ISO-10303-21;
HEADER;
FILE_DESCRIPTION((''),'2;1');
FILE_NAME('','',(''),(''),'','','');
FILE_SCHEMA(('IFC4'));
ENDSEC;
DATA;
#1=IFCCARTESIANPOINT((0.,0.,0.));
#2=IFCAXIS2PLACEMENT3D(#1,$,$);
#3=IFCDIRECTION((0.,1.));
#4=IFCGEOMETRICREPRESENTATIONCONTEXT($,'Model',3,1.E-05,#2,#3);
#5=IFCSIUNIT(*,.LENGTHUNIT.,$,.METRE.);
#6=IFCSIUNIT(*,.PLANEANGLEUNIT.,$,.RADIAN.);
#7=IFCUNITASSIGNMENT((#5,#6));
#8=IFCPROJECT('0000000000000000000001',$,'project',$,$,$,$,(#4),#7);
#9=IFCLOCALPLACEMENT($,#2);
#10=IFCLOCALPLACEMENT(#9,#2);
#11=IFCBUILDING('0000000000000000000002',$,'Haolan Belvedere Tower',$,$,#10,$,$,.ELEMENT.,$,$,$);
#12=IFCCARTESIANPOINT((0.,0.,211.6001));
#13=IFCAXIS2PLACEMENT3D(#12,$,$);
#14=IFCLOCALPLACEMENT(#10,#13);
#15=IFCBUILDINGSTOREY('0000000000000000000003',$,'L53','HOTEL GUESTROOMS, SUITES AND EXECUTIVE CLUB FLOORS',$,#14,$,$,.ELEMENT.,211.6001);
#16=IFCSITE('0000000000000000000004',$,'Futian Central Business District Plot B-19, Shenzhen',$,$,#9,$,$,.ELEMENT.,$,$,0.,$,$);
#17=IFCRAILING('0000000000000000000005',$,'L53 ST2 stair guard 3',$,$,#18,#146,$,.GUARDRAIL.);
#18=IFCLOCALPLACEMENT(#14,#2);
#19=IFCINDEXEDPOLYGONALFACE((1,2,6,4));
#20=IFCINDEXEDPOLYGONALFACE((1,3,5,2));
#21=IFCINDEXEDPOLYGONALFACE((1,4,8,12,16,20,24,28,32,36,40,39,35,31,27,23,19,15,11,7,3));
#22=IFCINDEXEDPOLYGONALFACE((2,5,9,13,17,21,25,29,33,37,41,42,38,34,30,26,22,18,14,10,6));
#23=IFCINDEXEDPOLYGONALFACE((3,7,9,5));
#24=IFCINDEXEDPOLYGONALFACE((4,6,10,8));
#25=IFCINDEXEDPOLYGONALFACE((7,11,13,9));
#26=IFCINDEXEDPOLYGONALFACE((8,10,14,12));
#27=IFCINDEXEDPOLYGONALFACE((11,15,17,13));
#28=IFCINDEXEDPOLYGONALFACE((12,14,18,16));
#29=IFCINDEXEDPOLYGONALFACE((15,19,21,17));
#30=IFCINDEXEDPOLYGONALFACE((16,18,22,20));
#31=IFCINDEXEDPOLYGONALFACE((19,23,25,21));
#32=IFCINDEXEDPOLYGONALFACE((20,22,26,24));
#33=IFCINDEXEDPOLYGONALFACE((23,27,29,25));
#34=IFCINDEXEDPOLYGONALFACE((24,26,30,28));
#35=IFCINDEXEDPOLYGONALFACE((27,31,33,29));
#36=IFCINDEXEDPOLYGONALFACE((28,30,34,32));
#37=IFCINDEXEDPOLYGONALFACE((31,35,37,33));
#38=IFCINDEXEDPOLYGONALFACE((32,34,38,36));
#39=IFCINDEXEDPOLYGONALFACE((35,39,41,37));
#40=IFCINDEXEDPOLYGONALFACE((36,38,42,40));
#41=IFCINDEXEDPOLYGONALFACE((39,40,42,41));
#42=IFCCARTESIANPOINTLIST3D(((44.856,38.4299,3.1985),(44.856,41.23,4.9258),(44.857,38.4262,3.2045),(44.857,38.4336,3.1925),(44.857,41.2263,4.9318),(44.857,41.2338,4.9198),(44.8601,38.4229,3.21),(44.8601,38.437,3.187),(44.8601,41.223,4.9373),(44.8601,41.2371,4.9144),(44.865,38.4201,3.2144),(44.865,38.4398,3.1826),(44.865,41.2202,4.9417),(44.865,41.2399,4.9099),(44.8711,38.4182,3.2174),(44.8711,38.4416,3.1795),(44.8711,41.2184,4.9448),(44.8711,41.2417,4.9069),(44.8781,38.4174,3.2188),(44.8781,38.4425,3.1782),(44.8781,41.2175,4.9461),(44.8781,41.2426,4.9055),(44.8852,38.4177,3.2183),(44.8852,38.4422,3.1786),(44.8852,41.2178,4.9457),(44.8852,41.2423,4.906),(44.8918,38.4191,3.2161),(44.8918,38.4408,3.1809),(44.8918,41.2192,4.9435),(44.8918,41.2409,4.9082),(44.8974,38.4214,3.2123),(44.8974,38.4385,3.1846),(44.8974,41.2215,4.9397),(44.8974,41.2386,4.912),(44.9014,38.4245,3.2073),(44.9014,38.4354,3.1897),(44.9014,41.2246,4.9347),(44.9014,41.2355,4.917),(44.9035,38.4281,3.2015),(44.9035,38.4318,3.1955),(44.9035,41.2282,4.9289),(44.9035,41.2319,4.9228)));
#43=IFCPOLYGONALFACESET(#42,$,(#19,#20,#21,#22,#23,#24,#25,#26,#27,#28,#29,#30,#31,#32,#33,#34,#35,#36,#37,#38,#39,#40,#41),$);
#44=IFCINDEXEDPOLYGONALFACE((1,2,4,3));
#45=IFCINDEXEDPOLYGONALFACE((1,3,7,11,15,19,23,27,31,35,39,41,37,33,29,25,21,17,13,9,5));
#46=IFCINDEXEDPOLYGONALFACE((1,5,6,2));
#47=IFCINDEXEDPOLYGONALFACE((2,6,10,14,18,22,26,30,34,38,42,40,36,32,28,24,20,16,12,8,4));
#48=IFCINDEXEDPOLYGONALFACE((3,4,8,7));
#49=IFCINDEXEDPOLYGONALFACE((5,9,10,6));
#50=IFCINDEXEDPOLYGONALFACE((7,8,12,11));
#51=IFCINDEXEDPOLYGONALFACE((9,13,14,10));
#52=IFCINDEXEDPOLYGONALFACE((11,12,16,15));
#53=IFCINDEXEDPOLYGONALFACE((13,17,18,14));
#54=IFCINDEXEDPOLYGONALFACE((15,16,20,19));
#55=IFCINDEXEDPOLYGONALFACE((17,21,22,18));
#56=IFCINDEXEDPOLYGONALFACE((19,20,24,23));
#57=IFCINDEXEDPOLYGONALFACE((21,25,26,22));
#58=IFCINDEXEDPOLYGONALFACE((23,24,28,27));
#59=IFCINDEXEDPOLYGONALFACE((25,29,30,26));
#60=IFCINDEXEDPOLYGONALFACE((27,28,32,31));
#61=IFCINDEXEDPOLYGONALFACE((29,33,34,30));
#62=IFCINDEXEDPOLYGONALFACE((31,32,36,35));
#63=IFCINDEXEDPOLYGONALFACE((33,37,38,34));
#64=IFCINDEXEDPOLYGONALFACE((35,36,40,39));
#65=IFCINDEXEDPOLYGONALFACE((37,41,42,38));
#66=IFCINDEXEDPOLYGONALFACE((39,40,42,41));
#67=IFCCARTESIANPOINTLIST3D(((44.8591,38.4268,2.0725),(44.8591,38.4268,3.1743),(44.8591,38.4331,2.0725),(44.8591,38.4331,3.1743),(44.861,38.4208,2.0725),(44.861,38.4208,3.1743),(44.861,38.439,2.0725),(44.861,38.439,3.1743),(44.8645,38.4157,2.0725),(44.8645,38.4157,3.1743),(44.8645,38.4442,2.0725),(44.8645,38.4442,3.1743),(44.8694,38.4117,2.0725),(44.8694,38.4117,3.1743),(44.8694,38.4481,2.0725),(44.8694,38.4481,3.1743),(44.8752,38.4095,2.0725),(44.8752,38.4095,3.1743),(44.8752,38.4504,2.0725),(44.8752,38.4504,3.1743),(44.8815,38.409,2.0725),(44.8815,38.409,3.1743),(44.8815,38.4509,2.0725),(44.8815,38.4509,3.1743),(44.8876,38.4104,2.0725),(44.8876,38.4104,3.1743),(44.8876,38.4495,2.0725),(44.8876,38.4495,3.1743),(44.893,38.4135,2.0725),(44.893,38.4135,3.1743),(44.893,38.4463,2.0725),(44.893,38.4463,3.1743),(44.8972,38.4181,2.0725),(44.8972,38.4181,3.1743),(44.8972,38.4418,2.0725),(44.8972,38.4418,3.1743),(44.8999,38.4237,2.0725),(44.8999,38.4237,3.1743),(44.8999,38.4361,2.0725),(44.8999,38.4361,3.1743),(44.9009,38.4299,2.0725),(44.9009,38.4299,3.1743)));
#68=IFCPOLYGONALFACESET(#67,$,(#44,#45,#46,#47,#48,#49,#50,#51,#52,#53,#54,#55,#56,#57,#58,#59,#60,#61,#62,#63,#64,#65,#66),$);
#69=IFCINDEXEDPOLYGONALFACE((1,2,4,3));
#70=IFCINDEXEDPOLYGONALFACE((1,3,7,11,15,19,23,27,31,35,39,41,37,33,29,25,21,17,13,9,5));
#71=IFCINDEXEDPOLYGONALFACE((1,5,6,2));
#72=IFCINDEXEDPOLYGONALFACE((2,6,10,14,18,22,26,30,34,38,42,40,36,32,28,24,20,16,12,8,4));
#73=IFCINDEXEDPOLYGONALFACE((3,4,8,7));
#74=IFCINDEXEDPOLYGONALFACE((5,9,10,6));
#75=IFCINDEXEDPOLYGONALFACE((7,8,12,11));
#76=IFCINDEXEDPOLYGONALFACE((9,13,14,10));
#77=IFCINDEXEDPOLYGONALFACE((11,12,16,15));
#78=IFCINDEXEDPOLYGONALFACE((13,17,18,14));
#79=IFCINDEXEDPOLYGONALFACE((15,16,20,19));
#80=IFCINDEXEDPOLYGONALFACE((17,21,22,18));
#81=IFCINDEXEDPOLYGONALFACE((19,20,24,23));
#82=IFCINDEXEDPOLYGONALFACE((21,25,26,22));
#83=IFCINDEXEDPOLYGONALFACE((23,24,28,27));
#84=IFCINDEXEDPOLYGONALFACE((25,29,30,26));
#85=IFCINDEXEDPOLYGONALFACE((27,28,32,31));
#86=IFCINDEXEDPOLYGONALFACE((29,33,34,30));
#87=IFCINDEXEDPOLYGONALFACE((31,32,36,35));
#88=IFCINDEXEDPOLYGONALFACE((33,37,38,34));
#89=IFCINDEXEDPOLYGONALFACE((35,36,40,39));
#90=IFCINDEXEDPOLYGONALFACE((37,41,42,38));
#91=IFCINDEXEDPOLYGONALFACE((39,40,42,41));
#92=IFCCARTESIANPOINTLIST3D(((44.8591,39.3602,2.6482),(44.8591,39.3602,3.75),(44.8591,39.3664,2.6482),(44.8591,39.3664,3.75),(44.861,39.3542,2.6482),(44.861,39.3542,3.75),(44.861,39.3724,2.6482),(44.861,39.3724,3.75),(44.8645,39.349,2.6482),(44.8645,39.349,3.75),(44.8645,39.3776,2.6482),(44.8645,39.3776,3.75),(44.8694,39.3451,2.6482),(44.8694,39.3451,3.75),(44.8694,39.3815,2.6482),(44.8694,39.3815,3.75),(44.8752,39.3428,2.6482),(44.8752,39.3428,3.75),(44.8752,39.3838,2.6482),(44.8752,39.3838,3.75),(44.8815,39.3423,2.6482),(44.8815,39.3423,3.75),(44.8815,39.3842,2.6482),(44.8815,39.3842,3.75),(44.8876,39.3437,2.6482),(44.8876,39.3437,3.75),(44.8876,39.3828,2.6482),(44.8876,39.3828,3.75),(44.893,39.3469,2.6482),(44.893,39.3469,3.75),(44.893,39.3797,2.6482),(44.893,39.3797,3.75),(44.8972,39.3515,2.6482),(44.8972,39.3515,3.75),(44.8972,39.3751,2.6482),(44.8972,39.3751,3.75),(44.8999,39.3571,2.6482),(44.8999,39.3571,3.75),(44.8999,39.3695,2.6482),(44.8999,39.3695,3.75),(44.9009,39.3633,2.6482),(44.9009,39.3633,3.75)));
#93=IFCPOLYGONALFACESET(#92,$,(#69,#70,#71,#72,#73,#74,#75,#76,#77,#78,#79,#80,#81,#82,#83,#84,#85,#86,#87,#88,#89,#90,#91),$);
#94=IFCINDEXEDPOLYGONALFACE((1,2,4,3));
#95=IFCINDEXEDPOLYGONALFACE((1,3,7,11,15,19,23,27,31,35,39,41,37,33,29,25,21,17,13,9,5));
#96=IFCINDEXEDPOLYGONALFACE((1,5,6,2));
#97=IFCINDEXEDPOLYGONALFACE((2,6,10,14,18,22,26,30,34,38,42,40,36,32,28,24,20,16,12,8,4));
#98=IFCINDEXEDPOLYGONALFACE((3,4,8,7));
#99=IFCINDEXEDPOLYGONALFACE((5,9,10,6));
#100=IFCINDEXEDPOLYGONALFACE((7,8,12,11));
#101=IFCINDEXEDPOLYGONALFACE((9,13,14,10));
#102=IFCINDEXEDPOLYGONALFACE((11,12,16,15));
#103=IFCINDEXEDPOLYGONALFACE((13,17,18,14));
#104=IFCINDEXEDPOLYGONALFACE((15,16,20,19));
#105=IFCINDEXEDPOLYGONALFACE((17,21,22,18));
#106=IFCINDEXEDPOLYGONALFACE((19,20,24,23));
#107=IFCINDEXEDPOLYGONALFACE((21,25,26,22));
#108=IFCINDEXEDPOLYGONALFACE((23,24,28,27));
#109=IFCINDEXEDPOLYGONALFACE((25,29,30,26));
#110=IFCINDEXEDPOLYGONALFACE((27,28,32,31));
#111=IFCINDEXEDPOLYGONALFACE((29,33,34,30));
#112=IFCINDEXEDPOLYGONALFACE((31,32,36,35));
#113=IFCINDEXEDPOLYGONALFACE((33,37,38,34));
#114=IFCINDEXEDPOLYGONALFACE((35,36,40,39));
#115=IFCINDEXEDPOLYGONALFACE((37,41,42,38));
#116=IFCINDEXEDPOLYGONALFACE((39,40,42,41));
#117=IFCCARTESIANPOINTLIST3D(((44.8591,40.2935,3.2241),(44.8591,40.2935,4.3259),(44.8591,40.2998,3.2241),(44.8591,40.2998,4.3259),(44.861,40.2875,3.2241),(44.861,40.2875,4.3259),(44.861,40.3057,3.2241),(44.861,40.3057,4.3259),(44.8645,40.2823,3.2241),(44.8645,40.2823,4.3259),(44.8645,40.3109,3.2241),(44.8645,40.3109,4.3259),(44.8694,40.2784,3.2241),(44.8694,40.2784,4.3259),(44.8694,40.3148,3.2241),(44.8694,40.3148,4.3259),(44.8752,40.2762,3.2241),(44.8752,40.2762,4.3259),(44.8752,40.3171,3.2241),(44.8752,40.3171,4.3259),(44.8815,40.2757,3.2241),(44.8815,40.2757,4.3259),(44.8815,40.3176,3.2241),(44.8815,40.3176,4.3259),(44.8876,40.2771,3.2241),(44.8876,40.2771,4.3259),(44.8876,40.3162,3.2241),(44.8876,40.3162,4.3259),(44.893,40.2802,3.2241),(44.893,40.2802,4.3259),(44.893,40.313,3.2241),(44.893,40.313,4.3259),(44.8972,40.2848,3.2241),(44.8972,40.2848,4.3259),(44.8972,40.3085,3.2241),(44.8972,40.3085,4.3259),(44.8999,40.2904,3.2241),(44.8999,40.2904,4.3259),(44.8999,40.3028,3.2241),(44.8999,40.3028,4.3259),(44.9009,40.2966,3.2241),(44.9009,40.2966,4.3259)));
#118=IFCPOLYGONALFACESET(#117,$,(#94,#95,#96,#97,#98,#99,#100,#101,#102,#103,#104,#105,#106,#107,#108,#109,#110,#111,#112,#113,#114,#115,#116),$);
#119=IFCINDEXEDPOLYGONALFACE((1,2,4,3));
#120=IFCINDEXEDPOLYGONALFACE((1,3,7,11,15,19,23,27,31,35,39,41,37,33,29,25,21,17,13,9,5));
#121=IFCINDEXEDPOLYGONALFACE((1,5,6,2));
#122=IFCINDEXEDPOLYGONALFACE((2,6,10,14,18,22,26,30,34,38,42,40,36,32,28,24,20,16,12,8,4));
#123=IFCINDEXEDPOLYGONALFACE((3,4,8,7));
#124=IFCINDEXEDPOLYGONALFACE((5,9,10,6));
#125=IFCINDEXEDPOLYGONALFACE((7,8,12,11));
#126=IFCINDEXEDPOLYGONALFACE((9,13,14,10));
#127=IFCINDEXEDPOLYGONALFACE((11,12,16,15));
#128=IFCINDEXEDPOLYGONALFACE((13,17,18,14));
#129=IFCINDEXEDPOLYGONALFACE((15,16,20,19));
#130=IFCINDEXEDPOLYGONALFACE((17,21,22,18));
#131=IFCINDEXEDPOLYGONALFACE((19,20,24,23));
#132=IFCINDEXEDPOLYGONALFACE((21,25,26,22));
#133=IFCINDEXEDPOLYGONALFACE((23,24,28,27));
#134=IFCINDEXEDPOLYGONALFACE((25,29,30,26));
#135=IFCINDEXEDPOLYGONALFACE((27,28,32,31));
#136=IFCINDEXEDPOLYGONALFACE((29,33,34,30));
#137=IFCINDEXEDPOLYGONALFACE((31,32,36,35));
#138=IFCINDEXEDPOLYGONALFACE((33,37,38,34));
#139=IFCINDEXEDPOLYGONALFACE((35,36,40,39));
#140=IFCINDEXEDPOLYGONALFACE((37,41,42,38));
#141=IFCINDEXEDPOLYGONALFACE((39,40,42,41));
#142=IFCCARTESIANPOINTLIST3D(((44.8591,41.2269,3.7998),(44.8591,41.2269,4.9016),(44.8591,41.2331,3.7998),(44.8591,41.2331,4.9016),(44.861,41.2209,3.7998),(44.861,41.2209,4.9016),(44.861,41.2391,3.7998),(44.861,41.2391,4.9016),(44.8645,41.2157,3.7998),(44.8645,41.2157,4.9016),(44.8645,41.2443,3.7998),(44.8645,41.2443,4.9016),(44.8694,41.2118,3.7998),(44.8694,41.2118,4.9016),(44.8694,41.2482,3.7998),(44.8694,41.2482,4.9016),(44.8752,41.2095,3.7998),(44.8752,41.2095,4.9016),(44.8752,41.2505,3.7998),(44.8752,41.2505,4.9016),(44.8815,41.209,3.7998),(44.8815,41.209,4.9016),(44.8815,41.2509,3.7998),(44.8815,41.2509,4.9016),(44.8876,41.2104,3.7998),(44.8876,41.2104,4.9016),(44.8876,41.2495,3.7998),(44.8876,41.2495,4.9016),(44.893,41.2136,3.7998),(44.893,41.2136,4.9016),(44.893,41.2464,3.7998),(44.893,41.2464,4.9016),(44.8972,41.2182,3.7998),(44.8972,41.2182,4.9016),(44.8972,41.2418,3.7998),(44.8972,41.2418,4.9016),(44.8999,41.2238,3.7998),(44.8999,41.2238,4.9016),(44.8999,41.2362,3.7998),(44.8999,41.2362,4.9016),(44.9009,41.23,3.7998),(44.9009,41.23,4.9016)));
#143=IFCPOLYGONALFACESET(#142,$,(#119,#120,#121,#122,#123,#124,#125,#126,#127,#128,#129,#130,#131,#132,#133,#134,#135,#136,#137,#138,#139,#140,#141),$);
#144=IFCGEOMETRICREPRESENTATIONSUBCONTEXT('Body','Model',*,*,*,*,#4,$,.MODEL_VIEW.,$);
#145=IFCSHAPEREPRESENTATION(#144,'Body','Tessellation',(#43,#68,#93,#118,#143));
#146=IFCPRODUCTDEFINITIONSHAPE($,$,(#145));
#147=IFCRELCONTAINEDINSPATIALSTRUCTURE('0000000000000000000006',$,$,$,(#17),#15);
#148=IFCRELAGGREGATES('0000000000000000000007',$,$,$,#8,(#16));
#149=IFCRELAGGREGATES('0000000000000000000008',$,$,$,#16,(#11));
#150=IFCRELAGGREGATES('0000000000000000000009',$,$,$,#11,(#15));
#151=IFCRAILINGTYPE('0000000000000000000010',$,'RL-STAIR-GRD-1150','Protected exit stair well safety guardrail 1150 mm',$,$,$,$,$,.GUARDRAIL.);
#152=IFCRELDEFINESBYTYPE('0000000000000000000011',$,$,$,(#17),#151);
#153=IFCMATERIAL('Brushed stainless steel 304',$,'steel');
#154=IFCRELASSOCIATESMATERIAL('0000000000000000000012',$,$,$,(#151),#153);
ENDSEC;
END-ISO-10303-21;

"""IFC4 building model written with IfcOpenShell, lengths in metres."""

from ifc_helpers import new_model, si_unit, direction, frame, origin, origin_2d, place, context, subcontext, project, spatial, circle, extrude, material, type_object, element, save


model = new_model("IFC4")

# Units and contexts
model_context = context("Model", 3, precision=1e-05, world=origin(), true_north=direction((0.0, 1.0)))
body_context = subcontext(model_context, "Body", "Model", "MODEL_VIEW")
ifc_project = project(units=[si_unit("LENGTHUNIT", "METRE"), si_unit("PLANEANGLEUNIT", "RADIAN")], contexts=[model_context])

# Site, building, storey
site_placement = place(None, origin())
site = spatial("IfcSite", under=ifc_project, at=site_placement, Name="Futian Central Business District Plot B-19, Shenzhen", CompositionType="ELEMENT", RefElevation=0.0)
building_placement = place(site_placement, origin())
building = spatial("IfcBuilding", under=site, at=building_placement, Name="Haolan Belvedere Tower", CompositionType="ELEMENT")
storey_placement = place(building_placement, frame((0.0, 0.0, 211.6001)))
storey = spatial("IfcBuildingStorey", under=building, at=storey_placement, Name="L53", Description="HOTEL GUESTROOMS, SUITES AND EXECUTIVE CLUB FLOORS", CompositionType="ELEMENT", Elevation=211.6001)

# Railing
ifc_material_1 = material(Name="Brushed stainless steel 304", Category="steel")
railing_type_1 = type_object("IfcRailingType", Name="RL-STAIR-GRD-1150", Description="Protected exit stair well safety guardrail 1150 mm", PredefinedType="GUARDRAIL", material=ifc_material_1)
railing_1_placement = place(storey_placement, frame((44.8799, 38.4299, 2.0725)))
element("IfcRailing", 1, at=railing_1_placement, inside=storey, type_object=railing_type_1, Name="L53 ST2 stair guard 3", PredefinedType="GUARDRAIL", context=body_context, shape_type="SweptSolid", body=[
    extrude(circle(Radius=0.0239, at=origin_2d()), frame((0.0, 0.0, 1.126), z_axis=(0.0, 0.85109, 0.52502), x_axis=(-1.0, 0.0, 0.0)), (0.0, 0.0, 1.0), 3.29),
    extrude(circle(Radius=0.021, at=origin_2d()), origin(), (0.0, 0.0, 1.0), 1.1018),
    extrude(circle(Radius=0.021, at=origin_2d()), frame((0.0, 0.9333, 0.5757)), (0.0, 0.0, 1.0), 1.1018),
    extrude(circle(Radius=0.021, at=origin_2d()), frame((0.0, 1.8667, 1.1516)), (0.0, 0.0, 1.0), 1.1018),
    extrude(circle(Radius=0.021, at=origin_2d()), frame((0.0, 2.8, 1.7273)), (0.0, 0.0, 1.0), 1.1018),
])

save(model, "model.ifc")
